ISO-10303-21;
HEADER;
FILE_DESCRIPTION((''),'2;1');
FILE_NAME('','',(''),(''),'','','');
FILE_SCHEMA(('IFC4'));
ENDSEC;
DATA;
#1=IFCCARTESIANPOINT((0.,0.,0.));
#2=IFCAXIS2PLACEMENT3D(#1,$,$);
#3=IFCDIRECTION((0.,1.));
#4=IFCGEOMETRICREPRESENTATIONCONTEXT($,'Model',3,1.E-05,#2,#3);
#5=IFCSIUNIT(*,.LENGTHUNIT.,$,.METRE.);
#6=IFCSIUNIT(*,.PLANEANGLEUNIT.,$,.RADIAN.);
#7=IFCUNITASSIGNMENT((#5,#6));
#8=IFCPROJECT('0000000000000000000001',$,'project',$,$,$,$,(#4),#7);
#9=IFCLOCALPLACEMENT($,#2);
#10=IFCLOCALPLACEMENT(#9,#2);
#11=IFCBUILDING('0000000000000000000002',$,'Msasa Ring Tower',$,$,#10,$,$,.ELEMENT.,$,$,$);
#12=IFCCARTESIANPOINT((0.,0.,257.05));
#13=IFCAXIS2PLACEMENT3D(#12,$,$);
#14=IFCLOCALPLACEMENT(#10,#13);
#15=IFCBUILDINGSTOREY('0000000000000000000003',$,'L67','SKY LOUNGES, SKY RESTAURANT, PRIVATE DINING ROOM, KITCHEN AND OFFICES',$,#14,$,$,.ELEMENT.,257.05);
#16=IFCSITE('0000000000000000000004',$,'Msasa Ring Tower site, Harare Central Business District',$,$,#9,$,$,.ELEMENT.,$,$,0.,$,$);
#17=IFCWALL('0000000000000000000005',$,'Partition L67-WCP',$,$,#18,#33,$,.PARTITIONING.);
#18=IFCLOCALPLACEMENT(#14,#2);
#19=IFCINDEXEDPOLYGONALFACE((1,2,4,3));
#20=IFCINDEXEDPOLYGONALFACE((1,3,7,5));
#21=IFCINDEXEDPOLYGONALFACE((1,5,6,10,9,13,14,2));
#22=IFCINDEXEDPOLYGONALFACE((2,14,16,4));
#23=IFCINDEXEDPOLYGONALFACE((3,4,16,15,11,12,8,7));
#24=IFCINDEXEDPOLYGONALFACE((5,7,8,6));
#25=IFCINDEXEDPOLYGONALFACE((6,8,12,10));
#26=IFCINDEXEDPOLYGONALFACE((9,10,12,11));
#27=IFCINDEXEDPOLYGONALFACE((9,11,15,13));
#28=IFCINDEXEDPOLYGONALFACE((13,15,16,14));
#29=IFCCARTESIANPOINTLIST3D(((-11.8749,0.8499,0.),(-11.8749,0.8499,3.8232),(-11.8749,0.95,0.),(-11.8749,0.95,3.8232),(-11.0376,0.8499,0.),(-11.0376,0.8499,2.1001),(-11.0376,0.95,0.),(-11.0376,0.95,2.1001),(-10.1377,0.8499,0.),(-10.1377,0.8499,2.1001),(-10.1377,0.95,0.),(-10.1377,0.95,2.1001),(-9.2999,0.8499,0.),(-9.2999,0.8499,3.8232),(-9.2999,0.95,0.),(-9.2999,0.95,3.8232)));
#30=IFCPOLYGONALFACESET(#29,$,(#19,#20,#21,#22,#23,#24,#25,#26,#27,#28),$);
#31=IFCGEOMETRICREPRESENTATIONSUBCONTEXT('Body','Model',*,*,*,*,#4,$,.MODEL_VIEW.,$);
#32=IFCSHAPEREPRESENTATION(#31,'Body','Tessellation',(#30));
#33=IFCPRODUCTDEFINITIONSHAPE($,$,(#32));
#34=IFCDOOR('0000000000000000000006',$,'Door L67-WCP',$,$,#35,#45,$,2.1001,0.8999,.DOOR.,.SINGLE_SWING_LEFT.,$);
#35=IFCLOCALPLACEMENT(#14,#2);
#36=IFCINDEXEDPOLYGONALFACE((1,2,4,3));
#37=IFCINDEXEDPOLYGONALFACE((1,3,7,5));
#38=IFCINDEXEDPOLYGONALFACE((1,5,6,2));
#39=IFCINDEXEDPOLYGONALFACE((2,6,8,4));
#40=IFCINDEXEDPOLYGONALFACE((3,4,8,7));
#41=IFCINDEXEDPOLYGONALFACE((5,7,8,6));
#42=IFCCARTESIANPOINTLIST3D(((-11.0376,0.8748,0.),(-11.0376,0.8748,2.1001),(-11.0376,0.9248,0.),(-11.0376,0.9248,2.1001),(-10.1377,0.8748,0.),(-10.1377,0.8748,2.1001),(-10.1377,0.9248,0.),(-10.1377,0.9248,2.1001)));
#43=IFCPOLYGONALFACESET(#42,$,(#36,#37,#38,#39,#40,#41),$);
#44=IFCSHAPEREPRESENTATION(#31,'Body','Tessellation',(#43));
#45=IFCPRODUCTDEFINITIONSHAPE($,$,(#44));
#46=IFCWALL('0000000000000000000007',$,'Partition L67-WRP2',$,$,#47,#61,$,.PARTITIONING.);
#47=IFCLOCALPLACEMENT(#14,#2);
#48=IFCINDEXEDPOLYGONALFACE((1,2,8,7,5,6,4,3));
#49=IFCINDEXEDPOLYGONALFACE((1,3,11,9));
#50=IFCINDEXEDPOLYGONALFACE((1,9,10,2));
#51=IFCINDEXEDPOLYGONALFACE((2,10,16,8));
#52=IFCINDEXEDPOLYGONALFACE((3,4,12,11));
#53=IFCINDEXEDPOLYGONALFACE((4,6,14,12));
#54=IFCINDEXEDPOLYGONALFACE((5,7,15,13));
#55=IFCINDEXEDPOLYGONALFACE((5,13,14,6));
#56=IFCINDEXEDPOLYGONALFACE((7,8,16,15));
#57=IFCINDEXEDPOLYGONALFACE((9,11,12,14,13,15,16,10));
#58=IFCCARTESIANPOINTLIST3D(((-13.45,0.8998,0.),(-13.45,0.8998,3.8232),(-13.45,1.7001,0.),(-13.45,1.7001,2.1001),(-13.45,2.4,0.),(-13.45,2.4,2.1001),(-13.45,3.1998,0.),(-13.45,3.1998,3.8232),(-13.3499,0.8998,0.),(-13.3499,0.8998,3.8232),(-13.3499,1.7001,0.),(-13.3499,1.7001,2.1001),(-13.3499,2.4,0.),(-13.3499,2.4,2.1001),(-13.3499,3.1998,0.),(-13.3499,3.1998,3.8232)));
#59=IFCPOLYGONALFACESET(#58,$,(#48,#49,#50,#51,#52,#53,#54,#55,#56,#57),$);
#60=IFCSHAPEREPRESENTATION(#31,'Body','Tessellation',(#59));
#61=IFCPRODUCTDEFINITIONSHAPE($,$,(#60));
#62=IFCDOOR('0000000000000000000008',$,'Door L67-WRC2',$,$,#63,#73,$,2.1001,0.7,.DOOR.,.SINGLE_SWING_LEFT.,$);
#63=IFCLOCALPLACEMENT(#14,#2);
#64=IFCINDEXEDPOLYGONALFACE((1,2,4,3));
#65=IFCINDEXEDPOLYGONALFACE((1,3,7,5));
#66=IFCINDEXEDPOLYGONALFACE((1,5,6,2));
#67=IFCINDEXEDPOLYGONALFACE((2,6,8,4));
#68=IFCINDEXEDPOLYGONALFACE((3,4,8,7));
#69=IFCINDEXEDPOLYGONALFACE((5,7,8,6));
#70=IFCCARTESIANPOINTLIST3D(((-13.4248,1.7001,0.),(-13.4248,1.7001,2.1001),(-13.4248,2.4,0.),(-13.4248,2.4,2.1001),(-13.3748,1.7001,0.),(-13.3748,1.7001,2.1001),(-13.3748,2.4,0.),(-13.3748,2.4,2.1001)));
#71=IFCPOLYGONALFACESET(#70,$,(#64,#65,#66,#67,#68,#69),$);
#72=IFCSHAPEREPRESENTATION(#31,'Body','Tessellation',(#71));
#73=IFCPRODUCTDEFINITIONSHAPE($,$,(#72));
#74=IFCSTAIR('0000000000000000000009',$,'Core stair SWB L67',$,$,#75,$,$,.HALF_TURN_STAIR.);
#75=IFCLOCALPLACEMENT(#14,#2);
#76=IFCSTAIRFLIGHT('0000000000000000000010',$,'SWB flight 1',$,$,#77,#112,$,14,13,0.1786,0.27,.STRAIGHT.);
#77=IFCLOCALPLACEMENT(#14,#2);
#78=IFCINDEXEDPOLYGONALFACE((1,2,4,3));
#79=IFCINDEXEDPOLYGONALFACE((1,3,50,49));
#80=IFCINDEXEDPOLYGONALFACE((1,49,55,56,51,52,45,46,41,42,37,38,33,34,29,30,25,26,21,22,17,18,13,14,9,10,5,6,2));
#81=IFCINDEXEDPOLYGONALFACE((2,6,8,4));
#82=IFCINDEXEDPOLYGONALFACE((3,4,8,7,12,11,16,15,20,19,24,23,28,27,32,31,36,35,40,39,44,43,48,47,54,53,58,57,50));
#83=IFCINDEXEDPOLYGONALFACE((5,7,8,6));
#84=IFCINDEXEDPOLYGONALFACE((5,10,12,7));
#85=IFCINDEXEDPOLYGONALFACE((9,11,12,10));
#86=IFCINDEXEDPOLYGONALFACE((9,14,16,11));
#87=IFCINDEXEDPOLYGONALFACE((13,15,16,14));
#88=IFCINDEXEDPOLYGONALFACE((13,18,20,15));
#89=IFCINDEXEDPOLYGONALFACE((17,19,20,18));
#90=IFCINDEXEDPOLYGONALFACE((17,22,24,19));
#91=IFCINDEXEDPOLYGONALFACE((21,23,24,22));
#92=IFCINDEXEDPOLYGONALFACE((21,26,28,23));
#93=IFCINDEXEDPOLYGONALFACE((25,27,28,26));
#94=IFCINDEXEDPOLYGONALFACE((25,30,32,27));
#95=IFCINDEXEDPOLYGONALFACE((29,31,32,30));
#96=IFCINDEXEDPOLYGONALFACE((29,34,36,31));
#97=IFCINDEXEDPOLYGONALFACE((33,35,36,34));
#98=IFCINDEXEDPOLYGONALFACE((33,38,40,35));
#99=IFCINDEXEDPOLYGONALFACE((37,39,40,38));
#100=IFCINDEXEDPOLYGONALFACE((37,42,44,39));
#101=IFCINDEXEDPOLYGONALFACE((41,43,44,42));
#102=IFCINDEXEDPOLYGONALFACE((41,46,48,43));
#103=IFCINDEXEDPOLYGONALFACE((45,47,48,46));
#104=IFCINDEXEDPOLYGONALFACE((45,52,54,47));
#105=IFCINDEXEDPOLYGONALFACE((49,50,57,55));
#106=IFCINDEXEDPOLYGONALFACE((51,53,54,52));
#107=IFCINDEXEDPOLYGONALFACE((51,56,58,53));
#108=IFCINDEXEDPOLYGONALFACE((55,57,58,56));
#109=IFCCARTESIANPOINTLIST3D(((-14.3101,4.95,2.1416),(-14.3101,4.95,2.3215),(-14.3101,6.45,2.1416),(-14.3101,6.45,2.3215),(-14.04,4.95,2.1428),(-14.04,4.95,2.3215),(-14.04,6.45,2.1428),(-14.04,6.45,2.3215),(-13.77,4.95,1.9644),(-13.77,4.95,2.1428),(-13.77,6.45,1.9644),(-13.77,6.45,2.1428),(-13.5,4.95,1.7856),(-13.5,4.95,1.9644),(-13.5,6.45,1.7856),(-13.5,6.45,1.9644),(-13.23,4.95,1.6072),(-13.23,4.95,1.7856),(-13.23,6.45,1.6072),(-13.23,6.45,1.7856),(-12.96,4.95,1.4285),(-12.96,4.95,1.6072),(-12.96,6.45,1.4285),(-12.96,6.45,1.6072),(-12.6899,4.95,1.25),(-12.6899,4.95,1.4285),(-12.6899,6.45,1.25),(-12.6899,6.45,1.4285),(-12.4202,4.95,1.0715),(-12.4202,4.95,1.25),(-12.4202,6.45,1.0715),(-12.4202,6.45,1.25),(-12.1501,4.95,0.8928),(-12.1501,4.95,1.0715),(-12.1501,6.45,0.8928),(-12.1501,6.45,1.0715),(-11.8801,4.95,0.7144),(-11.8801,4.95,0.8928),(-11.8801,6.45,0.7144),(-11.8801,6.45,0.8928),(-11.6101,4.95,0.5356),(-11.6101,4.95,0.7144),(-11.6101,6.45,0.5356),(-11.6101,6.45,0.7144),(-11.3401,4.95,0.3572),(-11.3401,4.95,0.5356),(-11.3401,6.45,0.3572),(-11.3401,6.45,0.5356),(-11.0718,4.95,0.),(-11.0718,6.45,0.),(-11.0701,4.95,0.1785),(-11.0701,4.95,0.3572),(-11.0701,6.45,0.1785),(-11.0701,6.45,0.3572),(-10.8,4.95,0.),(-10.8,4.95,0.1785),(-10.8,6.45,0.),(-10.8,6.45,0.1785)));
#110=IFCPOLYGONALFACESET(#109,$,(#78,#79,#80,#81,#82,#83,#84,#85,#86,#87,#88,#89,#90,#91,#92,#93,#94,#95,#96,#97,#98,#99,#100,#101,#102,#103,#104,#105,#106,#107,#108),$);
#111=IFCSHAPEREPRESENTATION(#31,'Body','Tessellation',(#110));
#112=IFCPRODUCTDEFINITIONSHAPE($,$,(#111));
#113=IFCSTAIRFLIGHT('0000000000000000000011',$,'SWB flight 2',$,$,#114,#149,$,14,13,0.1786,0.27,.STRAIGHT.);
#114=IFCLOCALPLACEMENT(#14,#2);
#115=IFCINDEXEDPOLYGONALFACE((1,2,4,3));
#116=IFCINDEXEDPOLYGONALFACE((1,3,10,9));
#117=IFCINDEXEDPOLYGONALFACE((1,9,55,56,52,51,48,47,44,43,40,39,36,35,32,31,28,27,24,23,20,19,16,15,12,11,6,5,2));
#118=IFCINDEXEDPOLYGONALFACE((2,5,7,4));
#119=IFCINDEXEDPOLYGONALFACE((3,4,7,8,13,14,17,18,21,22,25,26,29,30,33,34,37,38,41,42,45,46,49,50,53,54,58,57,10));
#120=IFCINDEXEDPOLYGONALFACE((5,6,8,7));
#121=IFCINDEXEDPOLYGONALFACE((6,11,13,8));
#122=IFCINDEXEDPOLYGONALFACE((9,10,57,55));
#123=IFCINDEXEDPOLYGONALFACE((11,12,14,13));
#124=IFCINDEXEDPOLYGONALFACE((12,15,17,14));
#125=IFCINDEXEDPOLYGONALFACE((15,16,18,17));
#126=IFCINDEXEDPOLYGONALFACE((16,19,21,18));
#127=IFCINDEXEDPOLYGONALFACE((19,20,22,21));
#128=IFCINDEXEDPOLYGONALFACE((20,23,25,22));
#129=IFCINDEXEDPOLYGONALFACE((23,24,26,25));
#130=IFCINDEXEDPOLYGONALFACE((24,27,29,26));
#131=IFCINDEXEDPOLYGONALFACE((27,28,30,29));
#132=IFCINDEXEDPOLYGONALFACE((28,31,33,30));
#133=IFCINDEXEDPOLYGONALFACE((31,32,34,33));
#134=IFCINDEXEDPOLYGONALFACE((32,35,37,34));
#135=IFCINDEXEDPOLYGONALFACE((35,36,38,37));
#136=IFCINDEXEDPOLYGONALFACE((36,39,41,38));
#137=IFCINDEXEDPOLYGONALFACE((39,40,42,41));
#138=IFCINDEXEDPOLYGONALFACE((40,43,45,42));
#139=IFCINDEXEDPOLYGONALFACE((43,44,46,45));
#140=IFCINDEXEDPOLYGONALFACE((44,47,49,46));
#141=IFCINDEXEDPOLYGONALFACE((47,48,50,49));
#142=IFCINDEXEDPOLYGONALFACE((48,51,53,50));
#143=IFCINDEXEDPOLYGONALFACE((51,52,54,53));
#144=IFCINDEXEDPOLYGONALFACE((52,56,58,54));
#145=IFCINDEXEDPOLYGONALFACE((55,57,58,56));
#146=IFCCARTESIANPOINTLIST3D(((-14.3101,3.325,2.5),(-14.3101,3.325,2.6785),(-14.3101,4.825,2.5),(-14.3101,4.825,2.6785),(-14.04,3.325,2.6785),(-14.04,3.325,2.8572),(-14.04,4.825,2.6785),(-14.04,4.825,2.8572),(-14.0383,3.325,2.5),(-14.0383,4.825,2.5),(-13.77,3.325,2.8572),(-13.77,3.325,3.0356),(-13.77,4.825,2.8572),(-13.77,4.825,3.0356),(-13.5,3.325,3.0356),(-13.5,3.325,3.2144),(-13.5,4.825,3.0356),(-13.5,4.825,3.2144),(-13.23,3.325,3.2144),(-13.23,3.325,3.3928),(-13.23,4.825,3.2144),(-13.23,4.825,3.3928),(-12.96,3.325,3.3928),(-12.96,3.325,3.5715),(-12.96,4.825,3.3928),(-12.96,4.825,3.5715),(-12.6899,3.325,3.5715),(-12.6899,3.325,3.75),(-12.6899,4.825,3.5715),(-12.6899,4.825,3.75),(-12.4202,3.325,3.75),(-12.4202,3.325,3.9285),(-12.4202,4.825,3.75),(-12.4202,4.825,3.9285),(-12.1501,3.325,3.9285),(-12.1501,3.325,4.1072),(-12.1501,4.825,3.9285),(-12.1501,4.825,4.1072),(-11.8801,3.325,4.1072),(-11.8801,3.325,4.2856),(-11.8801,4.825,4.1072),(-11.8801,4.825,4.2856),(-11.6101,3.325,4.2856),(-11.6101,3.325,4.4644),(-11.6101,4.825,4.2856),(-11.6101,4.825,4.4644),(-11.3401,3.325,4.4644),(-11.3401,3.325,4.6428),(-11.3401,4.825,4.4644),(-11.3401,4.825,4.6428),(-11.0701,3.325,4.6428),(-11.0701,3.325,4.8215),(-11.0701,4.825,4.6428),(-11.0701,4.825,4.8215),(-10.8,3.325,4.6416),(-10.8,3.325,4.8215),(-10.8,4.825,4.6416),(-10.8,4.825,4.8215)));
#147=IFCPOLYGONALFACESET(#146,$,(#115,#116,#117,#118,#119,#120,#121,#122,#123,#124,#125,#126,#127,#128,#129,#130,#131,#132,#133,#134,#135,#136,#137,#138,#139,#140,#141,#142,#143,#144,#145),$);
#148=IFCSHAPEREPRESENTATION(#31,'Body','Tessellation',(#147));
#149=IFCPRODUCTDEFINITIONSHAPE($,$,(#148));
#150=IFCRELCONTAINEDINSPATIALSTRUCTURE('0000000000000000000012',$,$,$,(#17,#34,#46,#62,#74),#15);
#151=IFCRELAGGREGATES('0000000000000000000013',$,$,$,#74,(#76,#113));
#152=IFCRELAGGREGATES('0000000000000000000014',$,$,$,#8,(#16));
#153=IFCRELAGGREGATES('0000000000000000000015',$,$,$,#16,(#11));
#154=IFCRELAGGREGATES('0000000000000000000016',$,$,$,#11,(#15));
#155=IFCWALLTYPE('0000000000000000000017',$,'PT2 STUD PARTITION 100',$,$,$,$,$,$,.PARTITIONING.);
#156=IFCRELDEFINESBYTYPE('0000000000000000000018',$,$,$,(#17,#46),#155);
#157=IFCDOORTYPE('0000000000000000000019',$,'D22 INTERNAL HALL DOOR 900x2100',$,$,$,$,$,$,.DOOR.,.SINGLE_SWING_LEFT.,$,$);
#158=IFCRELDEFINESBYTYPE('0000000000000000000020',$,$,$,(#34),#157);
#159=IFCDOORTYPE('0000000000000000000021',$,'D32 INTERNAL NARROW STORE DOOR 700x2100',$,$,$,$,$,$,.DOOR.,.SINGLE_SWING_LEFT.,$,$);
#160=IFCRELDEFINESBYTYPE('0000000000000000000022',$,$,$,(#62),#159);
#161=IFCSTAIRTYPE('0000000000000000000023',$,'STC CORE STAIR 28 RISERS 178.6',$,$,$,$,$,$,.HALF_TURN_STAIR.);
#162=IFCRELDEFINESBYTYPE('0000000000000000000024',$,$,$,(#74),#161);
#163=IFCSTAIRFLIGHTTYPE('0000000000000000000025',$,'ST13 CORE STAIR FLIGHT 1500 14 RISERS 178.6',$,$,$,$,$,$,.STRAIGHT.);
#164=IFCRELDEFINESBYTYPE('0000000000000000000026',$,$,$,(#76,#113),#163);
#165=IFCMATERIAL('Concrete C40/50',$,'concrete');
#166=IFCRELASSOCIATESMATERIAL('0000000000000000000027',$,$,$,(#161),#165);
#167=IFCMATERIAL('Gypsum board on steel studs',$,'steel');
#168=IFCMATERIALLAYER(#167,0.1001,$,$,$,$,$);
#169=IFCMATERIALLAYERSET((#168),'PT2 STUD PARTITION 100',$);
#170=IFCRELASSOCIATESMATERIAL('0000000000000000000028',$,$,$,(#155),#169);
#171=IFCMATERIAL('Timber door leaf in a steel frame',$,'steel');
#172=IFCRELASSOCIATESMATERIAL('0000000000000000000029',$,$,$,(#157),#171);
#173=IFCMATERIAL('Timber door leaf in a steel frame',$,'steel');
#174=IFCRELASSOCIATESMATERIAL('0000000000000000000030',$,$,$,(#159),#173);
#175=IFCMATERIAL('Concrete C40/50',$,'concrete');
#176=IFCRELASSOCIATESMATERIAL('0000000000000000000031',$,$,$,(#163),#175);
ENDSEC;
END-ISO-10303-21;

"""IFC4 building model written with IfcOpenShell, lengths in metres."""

from ifc_helpers import new_model, si_unit, direction, frame, frame_2d, origin, place, context, subcontext, project, spatial, polyline, rectangle, outline, extrude, material, layer, layer_set, type_object, element, fill, aggregate, save


model = new_model("IFC4")

# Units and contexts
model_context = context("Model", 3, precision=1e-05, world=origin(), true_north=direction((0.0, 1.0)))
body_context = subcontext(model_context, "Body", "Model", "MODEL_VIEW")
ifc_project = project(units=[si_unit("LENGTHUNIT", "METRE"), si_unit("PLANEANGLEUNIT", "RADIAN")], contexts=[model_context])

# Site, building, storey
site_placement = place(None, origin())
site = spatial("IfcSite", under=ifc_project, at=site_placement, Name="Msasa Ring Tower site, Harare Central Business District", CompositionType="ELEMENT", RefElevation=0.0)
building_placement = place(site_placement, origin())
building = spatial("IfcBuilding", under=site, at=building_placement, Name="Msasa Ring Tower", CompositionType="ELEMENT")
storey_placement = place(building_placement, frame((0.0, 0.0, 257.05)))
storey = spatial("IfcBuildingStorey", under=building, at=storey_placement, Name="L67", Description="SKY LOUNGES, SKY RESTAURANT, PRIVATE DINING ROOM, KITCHEN AND OFFICES", CompositionType="ELEMENT", Elevation=257.05)

# Shared definitions
ifc_material_1 = material(Name="Concrete C40/50", Category="concrete")
stair_type = type_object("IfcStairType", Name="STC CORE STAIR 28 RISERS 178.6", PredefinedType="HALF_TURN_STAIR", material=ifc_material_1)

# Walls, openings, doors
ifc_material_2 = material(Name="Gypsum board on steel studs", Category="steel")
ifc_layer_1 = layer(ifc_material_2, 0.1001)
ifc_layer_set_1 = layer_set([ifc_layer_1], Name="PT2 STUD PARTITION 100")
wall_type_1 = type_object("IfcWallType", Name="PT2 STUD PARTITION 100", PredefinedType="PARTITIONING", material=ifc_layer_set_1)
wall_1_placement = place(storey_placement, frame((-11.875, 0.8999, 0.0), z_axis=(0.0, 0.0, 1.0), x_axis=(1.0, 0.0, 0.0)))
wall_1 = element("IfcWall", 1, at=wall_1_placement, inside=storey, type_object=wall_type_1, Name="Partition L67-WCP", PredefinedType="PARTITIONING", context=body_context, shape_type="SweptSolid", body=[
    extrude(rectangle(XDim=2.575, YDim=0.1001, at=frame_2d((1.2876, 0.0))), origin(), (0.0, 0.0, 1.0), 3.8232),
])
opening_1_placement = place(wall_1_placement, frame((0.8374, 0.0, 0.0)))
opening_1 = element("IfcOpeningElement", 2, at=opening_1_placement, cuts=wall_1, PredefinedType="OPENING", context=body_context, shape_type="SweptSolid", body=[
    extrude(rectangle(XDim=0.8999, YDim=2.1001, at=frame_2d((0.45, 1.05))), frame((0.0, 0.0601, 0.0), z_axis=(0.0, -1.0, 0.0), x_axis=(1.0, 0.0, 0.0)), (0.0, 0.0, 1.0), 0.1201),
])
ifc_material_3 = material(Name="Timber door leaf in a steel frame", Category="steel")
door_type_1 = type_object("IfcDoorType", Name="D22 INTERNAL HALL DOOR 900x2100", OperationType="SINGLE_SWING_LEFT", PredefinedType="DOOR", material=ifc_material_3)
door_1_placement = place(opening_1_placement, origin())
door_1 = element("IfcDoor", 3, at=door_1_placement, inside=storey, type_object=door_type_1, Name="Door L67-WCP", OperationType="SINGLE_SWING_LEFT", OverallHeight=2.1001, OverallWidth=0.8999, PredefinedType="DOOR", context=body_context, shape_type="SweptSolid", body=[
    extrude(rectangle(XDim=0.8999, YDim=2.1001, at=frame_2d((0.45, 1.05))), frame((0.0, 0.0249, 0.0), z_axis=(0.0, -1.0, 0.0), x_axis=(1.0, 0.0, 0.0)), (0.0, 0.0, 1.0), 0.05),
])
fill(opening_1, door_1)
wall_2_placement = place(storey_placement, frame((-13.3999, 0.8999, 0.0), z_axis=(0.0, 0.0, 1.0), x_axis=(0.0, 1.0, 0.0)))
wall_2 = element("IfcWall", 4, at=wall_2_placement, inside=storey, type_object=wall_type_1, Name="Partition L67-WRP2", PredefinedType="PARTITIONING", context=body_context, shape_type="SweptSolid", body=[
    extrude(rectangle(XDim=2.3, YDim=0.1001, at=frame_2d((1.1499, 0.0))), origin(), (0.0, 0.0, 1.0), 3.8232),
])
opening_2_placement = place(wall_2_placement, frame((0.8, 0.0, 0.0)))
opening_2 = element("IfcOpeningElement", 5, at=opening_2_placement, cuts=wall_2, PredefinedType="OPENING", context=body_context, shape_type="SweptSolid", body=[
    extrude(rectangle(XDim=0.7, YDim=2.1001, at=frame_2d((0.3501, 1.05))), frame((0.0, 0.0601, 0.0), z_axis=(0.0, -1.0, 0.0), x_axis=(1.0, 0.0, 0.0)), (0.0, 0.0, 1.0), 0.1201),
])
ifc_material_4 = material(Name="Timber door leaf in a steel frame", Category="steel")
door_type_2 = type_object("IfcDoorType", Name="D32 INTERNAL NARROW STORE DOOR 700x2100", OperationType="SINGLE_SWING_LEFT", PredefinedType="DOOR", material=ifc_material_4)
door_2_placement = place(opening_2_placement, origin())
door_2 = element("IfcDoor", 6, at=door_2_placement, inside=storey, type_object=door_type_2, Name="Door L67-WRC2", OperationType="SINGLE_SWING_LEFT", OverallHeight=2.1001, OverallWidth=0.7, PredefinedType="DOOR", context=body_context, shape_type="SweptSolid", body=[
    extrude(rectangle(XDim=0.7, YDim=2.1001, at=frame_2d((0.3501, 1.05))), frame((0.0, 0.0249, 0.0), z_axis=(0.0, -1.0, 0.0), x_axis=(1.0, 0.0, 0.0)), (0.0, 0.0, 1.0), 0.05),
])
fill(opening_2, door_2)

# Stair, stair flights
stair_1_placement = place(storey_placement, origin())
stair_1 = element("IfcStair", 7, at=stair_1_placement, inside=storey, type_object=stair_type, Name="Core stair SWB L67", PredefinedType="HALF_TURN_STAIR")
ifc_material_5 = material(Name="Concrete C40/50", Category="concrete")
stair_flight_type = type_object("IfcStairFlightType", Name="ST13 CORE STAIR FLIGHT 1500 14 RISERS 178.6", PredefinedType="STRAIGHT", material=ifc_material_5)
stair_flight_1_placement = place(storey_placement, frame((-10.8, 5.7, 0.0), z_axis=(0.0, 0.0, 1.0), x_axis=(-1.0, 0.0, 0.0)))
stair_flight_1 = element("IfcStairFlight", 8, at=stair_flight_1_placement, type_object=stair_flight_type, Name="SWB flight 1", NumberOfRisers=14, NumberOfTreads=13, PredefinedType="STRAIGHT", RiserHeight=0.1786, TreadLength=0.27, context=body_context, shape_type="SweptSolid", body=[
    extrude(outline(polyline([(0.0, 0.0), (0.0, 0.1785), (0.27, 0.1785), (0.27, 0.3572), (0.54, 0.3572), (0.54, 0.5356), (0.8101, 0.5356), (0.8101, 0.7144), (1.0801, 0.7144), (1.0801, 0.8928), (1.3501, 0.8928), (1.3501, 1.0715), (1.6201, 1.0715), (1.6201, 1.25), (1.8899, 1.25), (1.8899, 1.4285), (2.1599, 1.4285), (2.1599, 1.6072), (2.4299, 1.6072), (2.4299, 1.7856), (2.7, 1.7856), (2.7, 1.9644), (2.97, 1.9644), (2.97, 2.1428), (3.24, 2.1428), (3.24, 2.3215), (3.51, 2.3215), (3.51, 2.5), (3.51, 2.1416), (0.2717, 0.0), (0.0, 0.0)])), frame((0.0, 0.75, 0.0), z_axis=(0.0, -1.0, 0.0), x_axis=(1.0, 0.0, 0.0)), (0.0, 0.0, 1.0), 1.5),
])
stair_flight_2_placement = place(storey_placement, frame((-14.3101, 4.075, 2.5), z_axis=(0.0, 0.0, 1.0), x_axis=(1.0, 0.0, 0.0)))
stair_flight_2 = element("IfcStairFlight", 9, at=stair_flight_2_placement, type_object=stair_flight_type, Name="SWB flight 2", NumberOfRisers=14, NumberOfTreads=13, PredefinedType="STRAIGHT", RiserHeight=0.1786, TreadLength=0.27, context=body_context, shape_type="SweptSolid", body=[
    extrude(outline(polyline([(0.0, 0.0), (0.0, 0.1785), (0.27, 0.1785), (0.27, 0.3572), (0.54, 0.3572), (0.54, 0.5356), (0.8101, 0.5356), (0.8101, 0.7144), (1.0801, 0.7144), (1.0801, 0.8928), (1.3501, 0.8928), (1.3501, 1.0715), (1.6201, 1.0715), (1.6201, 1.25), (1.8899, 1.25), (1.8899, 1.4285), (2.1599, 1.4285), (2.1599, 1.6072), (2.4299, 1.6072), (2.4299, 1.7856), (2.7, 1.7856), (2.7, 1.9644), (2.97, 1.9644), (2.97, 2.1428), (3.24, 2.1428), (3.24, 2.3215), (3.51, 2.3215), (3.51, 2.5), (3.51, 2.1416), (0.2717, 0.0), (0.0, 0.0)])), frame((0.0, 0.75, 0.0), z_axis=(0.0, -1.0, 0.0), x_axis=(1.0, 0.0, 0.0)), (0.0, 0.0, 1.0), 1.5),
])
aggregate(stair_1, [stair_flight_1, stair_flight_2])

save(model, "model.ifc")
